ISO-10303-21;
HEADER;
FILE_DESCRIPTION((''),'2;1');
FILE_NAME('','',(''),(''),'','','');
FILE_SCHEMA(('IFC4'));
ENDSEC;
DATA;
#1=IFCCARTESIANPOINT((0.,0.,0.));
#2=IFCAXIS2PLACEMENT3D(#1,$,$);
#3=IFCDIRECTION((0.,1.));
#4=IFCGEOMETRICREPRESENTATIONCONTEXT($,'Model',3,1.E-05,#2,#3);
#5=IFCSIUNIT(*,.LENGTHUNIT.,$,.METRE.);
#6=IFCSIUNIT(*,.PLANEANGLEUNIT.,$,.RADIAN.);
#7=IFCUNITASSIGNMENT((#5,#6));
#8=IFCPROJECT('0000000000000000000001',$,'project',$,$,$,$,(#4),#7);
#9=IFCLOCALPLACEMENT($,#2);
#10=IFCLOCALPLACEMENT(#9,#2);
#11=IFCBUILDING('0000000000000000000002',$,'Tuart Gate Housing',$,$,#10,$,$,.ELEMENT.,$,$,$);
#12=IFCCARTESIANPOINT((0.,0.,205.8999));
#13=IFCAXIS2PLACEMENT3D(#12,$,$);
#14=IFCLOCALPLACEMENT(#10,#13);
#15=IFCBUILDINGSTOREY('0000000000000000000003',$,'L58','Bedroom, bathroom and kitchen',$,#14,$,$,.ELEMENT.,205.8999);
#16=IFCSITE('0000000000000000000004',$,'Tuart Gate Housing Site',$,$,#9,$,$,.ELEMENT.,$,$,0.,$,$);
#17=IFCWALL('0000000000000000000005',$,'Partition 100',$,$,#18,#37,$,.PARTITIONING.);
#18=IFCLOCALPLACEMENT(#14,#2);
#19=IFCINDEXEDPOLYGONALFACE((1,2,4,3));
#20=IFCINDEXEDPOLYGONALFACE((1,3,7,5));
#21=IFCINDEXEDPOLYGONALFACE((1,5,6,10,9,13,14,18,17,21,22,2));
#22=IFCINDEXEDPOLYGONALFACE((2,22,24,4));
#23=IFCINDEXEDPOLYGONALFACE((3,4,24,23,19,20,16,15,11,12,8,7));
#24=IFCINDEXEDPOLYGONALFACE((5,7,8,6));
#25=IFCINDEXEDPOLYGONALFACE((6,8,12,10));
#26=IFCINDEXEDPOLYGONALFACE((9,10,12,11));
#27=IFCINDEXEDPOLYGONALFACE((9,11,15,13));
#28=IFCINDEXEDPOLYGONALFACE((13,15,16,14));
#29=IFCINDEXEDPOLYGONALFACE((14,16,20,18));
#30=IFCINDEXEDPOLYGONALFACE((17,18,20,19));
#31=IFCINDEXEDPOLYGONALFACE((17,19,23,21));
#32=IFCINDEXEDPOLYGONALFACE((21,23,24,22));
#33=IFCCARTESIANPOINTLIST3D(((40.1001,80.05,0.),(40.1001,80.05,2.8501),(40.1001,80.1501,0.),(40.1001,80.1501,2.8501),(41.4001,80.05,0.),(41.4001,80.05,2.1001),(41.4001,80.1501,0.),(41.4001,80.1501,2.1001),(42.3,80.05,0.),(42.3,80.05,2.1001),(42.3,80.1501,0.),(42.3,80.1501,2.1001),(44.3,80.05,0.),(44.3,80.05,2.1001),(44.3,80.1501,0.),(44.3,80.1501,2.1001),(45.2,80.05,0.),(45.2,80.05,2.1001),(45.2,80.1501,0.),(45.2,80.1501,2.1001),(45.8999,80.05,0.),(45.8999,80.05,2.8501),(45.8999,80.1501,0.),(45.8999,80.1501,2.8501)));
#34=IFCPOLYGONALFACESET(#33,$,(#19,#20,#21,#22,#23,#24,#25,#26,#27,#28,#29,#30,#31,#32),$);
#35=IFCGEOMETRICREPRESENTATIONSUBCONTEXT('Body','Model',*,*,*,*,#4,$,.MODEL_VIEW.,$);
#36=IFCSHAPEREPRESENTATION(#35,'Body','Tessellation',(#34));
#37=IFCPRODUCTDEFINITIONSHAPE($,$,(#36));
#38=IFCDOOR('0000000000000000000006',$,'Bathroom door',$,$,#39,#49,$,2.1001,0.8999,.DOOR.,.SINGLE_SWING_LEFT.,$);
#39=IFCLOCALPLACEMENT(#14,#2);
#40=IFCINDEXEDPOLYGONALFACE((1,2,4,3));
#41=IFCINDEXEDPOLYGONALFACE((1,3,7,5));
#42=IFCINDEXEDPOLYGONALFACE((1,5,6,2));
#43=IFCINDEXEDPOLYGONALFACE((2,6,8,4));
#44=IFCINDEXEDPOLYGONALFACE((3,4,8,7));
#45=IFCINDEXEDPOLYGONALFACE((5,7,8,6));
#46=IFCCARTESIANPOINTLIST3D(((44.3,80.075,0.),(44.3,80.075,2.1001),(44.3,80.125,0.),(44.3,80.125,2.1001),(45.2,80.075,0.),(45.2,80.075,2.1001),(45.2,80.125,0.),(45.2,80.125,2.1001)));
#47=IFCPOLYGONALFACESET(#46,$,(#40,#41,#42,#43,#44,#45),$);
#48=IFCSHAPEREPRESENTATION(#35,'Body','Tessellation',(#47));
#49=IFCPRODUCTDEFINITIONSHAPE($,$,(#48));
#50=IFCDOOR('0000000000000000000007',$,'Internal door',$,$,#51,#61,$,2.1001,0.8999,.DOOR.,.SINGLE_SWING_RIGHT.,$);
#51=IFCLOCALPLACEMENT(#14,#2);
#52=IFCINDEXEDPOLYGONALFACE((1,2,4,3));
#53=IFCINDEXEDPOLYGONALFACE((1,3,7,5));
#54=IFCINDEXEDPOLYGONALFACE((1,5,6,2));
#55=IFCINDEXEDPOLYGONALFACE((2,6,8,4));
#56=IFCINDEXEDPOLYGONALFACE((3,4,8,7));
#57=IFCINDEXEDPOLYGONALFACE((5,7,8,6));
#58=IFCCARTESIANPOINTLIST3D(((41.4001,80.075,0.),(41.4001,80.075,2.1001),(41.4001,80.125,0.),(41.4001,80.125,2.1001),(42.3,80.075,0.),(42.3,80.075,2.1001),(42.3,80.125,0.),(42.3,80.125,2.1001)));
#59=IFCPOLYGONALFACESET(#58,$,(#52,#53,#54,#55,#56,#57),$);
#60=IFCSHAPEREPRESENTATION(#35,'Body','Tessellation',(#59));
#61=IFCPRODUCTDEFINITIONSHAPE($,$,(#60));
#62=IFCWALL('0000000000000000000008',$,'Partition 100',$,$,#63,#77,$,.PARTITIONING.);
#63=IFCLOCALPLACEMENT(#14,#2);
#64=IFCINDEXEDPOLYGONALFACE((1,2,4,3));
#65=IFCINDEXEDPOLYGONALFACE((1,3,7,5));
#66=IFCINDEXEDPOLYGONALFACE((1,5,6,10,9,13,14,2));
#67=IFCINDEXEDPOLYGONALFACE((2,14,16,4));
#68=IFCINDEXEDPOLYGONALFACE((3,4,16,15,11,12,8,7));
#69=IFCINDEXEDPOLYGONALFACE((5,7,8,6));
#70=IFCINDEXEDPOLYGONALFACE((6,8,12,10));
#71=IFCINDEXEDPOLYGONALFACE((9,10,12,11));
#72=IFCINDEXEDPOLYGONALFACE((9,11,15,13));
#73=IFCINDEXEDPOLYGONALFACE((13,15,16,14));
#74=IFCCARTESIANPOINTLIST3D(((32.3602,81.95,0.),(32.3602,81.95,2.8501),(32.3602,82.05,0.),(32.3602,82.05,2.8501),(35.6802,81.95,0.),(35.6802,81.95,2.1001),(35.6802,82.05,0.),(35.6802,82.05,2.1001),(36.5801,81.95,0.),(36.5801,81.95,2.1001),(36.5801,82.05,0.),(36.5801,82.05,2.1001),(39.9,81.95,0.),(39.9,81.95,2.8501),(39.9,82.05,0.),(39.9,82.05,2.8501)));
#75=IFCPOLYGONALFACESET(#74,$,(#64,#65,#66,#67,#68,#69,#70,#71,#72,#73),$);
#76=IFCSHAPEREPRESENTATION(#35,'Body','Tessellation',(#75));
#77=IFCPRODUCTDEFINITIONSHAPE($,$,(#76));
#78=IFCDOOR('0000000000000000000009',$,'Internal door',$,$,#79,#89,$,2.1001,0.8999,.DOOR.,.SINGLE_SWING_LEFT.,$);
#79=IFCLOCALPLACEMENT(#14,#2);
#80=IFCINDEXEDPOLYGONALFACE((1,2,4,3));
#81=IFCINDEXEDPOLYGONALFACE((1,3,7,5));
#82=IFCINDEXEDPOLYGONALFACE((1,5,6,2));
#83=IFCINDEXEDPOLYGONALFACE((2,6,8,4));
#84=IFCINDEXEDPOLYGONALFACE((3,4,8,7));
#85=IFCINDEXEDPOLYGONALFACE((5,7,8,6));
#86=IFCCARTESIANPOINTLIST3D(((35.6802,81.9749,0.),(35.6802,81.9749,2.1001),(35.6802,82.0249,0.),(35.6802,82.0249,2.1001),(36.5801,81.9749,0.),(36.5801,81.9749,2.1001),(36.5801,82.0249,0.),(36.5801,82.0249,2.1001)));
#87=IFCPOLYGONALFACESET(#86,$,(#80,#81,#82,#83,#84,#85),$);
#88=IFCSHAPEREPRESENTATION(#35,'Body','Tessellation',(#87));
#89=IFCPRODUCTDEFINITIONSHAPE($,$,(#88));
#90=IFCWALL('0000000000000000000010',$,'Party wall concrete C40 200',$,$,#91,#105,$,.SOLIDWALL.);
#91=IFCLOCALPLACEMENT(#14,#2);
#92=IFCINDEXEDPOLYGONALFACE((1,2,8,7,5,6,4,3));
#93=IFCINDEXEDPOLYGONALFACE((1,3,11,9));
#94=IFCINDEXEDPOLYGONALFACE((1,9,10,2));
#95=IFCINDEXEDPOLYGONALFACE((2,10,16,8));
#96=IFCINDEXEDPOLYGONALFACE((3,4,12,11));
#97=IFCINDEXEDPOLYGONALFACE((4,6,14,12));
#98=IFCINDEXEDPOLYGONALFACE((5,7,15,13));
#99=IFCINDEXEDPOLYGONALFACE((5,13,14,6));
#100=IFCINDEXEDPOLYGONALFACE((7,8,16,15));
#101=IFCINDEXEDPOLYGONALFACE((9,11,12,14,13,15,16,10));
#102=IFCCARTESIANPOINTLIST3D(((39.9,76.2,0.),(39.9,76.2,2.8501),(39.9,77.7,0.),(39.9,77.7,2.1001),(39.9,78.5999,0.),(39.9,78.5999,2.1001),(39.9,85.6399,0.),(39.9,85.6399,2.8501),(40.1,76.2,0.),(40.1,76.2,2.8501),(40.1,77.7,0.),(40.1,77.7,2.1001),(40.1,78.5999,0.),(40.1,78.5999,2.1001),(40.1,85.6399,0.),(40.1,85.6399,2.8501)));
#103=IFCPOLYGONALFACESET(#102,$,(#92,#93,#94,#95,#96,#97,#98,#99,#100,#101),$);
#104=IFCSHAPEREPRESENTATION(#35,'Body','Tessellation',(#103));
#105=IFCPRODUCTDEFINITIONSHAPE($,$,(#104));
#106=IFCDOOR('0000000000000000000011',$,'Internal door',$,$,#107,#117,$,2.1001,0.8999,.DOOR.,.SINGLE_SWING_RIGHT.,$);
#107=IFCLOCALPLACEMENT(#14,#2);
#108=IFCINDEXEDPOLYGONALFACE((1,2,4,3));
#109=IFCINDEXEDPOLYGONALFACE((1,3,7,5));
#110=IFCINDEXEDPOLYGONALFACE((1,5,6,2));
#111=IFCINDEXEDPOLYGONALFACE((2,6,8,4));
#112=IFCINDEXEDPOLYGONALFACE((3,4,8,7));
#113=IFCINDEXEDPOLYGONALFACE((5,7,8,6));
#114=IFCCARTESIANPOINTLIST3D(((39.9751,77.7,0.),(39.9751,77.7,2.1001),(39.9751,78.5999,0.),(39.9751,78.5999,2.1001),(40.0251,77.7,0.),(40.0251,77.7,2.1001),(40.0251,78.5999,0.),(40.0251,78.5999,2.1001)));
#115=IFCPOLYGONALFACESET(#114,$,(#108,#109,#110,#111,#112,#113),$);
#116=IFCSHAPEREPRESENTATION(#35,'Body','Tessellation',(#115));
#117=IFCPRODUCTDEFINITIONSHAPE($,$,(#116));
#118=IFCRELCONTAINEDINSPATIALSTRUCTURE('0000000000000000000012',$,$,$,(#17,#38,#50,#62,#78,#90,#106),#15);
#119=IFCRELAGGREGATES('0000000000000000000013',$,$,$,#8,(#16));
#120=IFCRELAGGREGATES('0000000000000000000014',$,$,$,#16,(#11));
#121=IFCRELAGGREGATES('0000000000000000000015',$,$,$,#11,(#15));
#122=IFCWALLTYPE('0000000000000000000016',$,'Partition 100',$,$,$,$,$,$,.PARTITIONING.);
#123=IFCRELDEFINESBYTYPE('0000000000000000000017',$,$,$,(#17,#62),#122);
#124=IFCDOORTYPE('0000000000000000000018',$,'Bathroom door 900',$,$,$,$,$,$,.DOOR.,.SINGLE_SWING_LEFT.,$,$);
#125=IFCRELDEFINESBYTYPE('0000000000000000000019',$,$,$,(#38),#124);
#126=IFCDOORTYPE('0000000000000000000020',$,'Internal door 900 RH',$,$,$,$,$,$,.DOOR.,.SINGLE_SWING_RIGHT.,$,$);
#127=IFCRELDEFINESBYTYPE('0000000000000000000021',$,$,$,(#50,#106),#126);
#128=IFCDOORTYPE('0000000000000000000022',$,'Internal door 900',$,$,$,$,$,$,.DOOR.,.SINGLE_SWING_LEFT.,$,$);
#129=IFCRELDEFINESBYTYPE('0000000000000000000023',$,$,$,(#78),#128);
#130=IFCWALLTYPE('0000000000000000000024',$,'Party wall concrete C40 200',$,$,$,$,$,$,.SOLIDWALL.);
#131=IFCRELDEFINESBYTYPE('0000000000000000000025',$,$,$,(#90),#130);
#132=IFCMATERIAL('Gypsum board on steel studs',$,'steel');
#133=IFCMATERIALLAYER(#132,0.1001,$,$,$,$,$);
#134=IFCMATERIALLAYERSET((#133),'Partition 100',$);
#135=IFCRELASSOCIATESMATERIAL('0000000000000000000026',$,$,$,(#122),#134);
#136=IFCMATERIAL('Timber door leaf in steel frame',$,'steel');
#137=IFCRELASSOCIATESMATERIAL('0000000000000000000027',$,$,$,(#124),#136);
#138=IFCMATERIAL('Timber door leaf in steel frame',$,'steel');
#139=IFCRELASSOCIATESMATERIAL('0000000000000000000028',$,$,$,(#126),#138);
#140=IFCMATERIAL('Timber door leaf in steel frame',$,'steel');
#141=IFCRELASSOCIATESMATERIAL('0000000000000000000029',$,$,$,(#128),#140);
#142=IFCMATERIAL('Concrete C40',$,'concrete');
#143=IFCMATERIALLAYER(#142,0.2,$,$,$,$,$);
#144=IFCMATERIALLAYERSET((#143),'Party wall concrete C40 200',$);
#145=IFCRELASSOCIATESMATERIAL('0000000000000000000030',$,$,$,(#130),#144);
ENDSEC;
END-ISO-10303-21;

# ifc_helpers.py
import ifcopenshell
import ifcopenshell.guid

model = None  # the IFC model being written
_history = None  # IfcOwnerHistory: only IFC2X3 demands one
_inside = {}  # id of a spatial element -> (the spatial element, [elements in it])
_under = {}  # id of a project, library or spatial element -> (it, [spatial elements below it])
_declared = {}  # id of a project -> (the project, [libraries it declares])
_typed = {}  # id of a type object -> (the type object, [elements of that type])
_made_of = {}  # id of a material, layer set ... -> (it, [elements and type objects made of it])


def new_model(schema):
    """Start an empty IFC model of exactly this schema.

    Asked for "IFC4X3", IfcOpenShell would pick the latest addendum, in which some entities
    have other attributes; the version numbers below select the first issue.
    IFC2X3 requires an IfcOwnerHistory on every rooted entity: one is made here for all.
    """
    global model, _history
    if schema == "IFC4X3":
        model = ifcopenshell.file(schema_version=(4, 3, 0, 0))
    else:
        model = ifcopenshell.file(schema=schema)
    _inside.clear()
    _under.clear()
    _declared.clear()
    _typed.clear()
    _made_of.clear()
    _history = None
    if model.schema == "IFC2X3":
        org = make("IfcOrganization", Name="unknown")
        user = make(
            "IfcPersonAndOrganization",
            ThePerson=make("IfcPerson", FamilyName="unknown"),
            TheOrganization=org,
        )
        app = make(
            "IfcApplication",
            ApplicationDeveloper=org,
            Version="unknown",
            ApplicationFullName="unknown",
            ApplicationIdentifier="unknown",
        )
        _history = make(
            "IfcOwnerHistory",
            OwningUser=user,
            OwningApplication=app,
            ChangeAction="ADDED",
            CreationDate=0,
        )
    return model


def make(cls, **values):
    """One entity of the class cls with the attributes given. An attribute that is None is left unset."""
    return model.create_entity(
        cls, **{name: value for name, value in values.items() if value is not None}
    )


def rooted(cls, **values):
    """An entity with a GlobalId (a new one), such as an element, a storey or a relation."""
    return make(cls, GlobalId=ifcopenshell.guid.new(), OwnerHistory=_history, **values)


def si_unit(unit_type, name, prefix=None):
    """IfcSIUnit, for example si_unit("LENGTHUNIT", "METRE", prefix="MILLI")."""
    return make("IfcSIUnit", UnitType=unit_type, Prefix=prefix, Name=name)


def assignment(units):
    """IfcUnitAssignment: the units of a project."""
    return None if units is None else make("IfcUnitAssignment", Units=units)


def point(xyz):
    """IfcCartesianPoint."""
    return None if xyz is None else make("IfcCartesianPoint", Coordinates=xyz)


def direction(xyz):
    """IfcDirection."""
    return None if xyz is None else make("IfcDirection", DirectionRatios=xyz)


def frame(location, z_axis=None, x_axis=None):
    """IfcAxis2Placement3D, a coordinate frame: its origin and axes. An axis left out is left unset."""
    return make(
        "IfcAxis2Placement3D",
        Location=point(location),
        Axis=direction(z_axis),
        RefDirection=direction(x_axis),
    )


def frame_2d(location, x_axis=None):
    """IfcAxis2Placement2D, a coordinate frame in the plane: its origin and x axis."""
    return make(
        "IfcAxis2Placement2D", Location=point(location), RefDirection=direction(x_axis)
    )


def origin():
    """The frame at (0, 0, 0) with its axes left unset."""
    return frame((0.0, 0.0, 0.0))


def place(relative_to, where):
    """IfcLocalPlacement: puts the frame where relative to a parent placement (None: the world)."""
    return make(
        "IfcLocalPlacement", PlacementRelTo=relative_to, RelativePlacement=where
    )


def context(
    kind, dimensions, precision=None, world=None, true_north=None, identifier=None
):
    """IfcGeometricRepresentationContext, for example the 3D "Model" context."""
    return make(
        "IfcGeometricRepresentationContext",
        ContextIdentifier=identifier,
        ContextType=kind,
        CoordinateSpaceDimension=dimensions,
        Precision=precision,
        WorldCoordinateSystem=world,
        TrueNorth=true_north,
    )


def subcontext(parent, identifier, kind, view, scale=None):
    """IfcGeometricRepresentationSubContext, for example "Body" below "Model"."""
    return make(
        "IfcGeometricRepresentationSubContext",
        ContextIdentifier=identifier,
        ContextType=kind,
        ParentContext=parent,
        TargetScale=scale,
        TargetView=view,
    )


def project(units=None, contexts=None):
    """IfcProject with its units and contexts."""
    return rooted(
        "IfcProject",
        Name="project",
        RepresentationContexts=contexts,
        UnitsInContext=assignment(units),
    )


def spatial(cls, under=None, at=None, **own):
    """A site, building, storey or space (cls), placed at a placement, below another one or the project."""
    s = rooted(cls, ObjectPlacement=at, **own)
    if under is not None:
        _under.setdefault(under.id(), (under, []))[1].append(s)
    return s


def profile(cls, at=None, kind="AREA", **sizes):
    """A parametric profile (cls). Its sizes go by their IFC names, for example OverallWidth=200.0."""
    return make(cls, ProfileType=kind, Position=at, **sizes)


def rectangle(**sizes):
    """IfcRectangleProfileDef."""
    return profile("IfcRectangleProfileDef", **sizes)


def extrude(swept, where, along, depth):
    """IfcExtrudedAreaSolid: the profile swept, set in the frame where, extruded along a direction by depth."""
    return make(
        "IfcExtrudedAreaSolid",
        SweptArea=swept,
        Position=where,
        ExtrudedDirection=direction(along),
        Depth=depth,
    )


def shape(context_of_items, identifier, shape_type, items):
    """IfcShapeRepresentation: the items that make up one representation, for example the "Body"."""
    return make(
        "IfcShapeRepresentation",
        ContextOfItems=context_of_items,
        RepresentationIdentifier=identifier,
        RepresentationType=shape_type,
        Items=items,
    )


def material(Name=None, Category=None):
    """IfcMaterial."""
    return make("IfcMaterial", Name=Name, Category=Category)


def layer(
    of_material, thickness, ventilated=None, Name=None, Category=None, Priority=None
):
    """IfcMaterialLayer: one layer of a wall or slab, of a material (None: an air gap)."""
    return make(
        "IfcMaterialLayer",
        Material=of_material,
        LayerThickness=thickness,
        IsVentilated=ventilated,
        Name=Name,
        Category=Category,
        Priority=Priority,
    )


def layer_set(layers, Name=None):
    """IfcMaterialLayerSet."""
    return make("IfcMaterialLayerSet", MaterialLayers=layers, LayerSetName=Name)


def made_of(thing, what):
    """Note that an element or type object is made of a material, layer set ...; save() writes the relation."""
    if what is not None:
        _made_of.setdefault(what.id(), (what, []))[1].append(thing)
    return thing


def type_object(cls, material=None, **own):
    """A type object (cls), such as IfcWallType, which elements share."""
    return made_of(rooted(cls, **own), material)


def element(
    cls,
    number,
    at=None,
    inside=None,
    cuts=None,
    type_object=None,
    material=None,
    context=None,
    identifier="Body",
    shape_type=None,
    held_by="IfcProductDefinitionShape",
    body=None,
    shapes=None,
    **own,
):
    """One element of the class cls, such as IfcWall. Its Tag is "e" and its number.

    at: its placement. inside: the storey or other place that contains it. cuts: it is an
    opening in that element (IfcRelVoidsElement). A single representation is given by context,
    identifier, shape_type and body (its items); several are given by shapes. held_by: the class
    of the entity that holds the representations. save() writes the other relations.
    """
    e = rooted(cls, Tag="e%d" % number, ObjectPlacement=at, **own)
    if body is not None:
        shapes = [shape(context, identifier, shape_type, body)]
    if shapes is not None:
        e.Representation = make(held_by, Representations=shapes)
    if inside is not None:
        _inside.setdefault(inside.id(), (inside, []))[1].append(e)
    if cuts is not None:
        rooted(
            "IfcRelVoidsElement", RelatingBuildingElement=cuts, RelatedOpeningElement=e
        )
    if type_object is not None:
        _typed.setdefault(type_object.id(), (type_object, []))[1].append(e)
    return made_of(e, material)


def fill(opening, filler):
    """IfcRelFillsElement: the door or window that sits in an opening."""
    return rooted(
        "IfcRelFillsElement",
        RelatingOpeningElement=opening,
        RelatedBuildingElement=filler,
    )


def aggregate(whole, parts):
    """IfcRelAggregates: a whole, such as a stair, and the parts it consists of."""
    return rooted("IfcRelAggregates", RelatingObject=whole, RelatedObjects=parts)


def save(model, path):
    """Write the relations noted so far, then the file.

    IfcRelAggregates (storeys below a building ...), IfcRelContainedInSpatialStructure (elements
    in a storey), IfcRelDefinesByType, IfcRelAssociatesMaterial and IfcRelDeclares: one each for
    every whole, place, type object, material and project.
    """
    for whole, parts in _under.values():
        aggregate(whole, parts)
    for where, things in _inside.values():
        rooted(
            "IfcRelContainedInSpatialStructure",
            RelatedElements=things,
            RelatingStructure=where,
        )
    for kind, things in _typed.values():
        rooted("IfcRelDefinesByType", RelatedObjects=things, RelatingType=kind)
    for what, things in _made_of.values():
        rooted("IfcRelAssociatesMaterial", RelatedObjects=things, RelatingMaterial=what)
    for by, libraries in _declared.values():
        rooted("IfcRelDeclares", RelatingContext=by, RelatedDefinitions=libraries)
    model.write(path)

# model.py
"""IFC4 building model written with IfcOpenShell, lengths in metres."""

from ifc_helpers import new_model, si_unit, direction, frame, frame_2d, origin, place, context, subcontext, project, spatial, rectangle, extrude, material, layer, layer_set, type_object, element, fill, save


model = new_model("IFC4")

# Units and contexts
model_context = context("Model", 3, precision=1e-05, world=origin(), true_north=direction((0.0, 1.0)))
body_context = subcontext(model_context, "Body", "Model", "MODEL_VIEW")
ifc_project = project(units=[si_unit("LENGTHUNIT", "METRE"), si_unit("PLANEANGLEUNIT", "RADIAN")], contexts=[model_context])

# Site, building, storey
site_placement = place(None, origin())
site = spatial("IfcSite", under=ifc_project, at=site_placement, Name="Tuart Gate Housing Site", CompositionType="ELEMENT", RefElevation=0.0)
building_placement = place(site_placement, origin())
building = spatial("IfcBuilding", under=site, at=building_placement, Name="Tuart Gate Housing", CompositionType="ELEMENT")
storey_placement = place(building_placement, frame((0.0, 0.0, 205.8999)))
storey = spatial("IfcBuildingStorey", under=building, at=storey_placement, Name="L58", Description="Bedroom, bathroom and kitchen", CompositionType="ELEMENT", Elevation=205.8999)

# Wall, openings, doors
ifc_material_1 = material(Name="Gypsum board on steel studs", Category="steel")
ifc_layer_1 = layer(ifc_material_1, 0.1001)
ifc_layer_set_1 = layer_set([ifc_layer_1], Name="Partition 100")
wall_type_1 = type_object("IfcWallType", Name="Partition 100", PredefinedType="PARTITIONING", material=ifc_layer_set_1)
wall_1_placement = place(storey_placement, frame((40.1001, 80.1001, 0.0), z_axis=(0.0, 0.0, 1.0), x_axis=(1.0, 0.0, 0.0)))
wall_1 = element("IfcWall", 1, at=wall_1_placement, inside=storey, type_object=wall_type_1, Name="Partition 100", PredefinedType="PARTITIONING", context=body_context, shape_type="SweptSolid", body=[
    extrude(rectangle(XDim=5.7998, YDim=0.1001, at=frame_2d((2.8999, 0.0))), origin(), (0.0, 0.0, 1.0), 2.8501),
])
opening_1_placement = place(wall_1_placement, frame((1.3, 0.0, 0.0)))
opening_1 = element("IfcOpeningElement", 2, at=opening_1_placement, cuts=wall_1, PredefinedType="OPENING", context=body_context, shape_type="SweptSolid", body=[
    extrude(rectangle(XDim=0.8999, YDim=2.1001, at=frame_2d((0.45, 1.05))), frame((0.0, 0.0601, 0.0), z_axis=(0.0, -1.0, 0.0), x_axis=(1.0, 0.0, 0.0)), (0.0, 0.0, 1.0), 0.1201),
])
opening_2_placement = place(wall_1_placement, frame((4.2, 0.0, 0.0)))
opening_2 = element("IfcOpeningElement", 3, at=opening_2_placement, cuts=wall_1, PredefinedType="OPENING", context=body_context, shape_type="SweptSolid", body=[
    extrude(rectangle(XDim=0.8999, YDim=2.1001, at=frame_2d((0.45, 1.05))), frame((0.0, 0.0601, 0.0), z_axis=(0.0, -1.0, 0.0), x_axis=(1.0, 0.0, 0.0)), (0.0, 0.0, 1.0), 0.1201),
])
ifc_material_2 = material(Name="Timber door leaf in steel frame", Category="steel")
door_type_1 = type_object("IfcDoorType", Name="Bathroom door 900", OperationType="SINGLE_SWING_LEFT", PredefinedType="DOOR", material=ifc_material_2)
door_1_placement = place(opening_2_placement, origin())
door_1 = element("IfcDoor", 4, at=door_1_placement, inside=storey, type_object=door_type_1, Name="Bathroom door", OperationType="SINGLE_SWING_LEFT", OverallHeight=2.1001, OverallWidth=0.8999, PredefinedType="DOOR", context=body_context, shape_type="SweptSolid", body=[
    extrude(rectangle(XDim=0.8999, YDim=2.1001, at=frame_2d((0.45, 1.05))), frame((0.0, 0.0249, 0.0), z_axis=(0.0, -1.0, 0.0), x_axis=(1.0, 0.0, 0.0)), (0.0, 0.0, 1.0), 0.05),
])
fill(opening_2, door_1)
ifc_material_3 = material(Name="Timber door leaf in steel frame", Category="steel")
door_type_2 = type_object("IfcDoorType", Name="Internal door 900 RH", OperationType="SINGLE_SWING_RIGHT", PredefinedType="DOOR", material=ifc_material_3)
door_2_placement = place(opening_1_placement, origin())
door_2 = element("IfcDoor", 5, at=door_2_placement, inside=storey, type_object=door_type_2, Name="Internal door", OperationType="SINGLE_SWING_RIGHT", OverallHeight=2.1001, OverallWidth=0.8999, PredefinedType="DOOR", context=body_context, shape_type="SweptSolid", body=[
    extrude(rectangle(XDim=0.8999, YDim=2.1001, at=frame_2d((0.45, 1.05))), frame((0.0, 0.0249, 0.0), z_axis=(0.0, -1.0, 0.0), x_axis=(1.0, 0.0, 0.0)), (0.0, 0.0, 1.0), 0.05),
])
fill(opening_1, door_2)

# Walls, openings, doors
wall_2_placement = place(storey_placement, frame((32.3601, 82.0, 0.0), z_axis=(0.0, 0.0, 1.0), x_axis=(1.0, 0.0, 0.0)))
wall_2 = element("IfcWall", 6, at=wall_2_placement, inside=storey, type_object=wall_type_1, Name="Partition 100", PredefinedType="PARTITIONING", context=body_context, shape_type="SweptSolid", body=[
    extrude(rectangle(XDim=7.5398, YDim=0.1001, at=frame_2d((3.77, 0.0))), origin(), (0.0, 0.0, 1.0), 2.8501),
])
opening_3_placement = place(wall_2_placement, frame((3.3201, 0.0, 0.0)))
opening_3 = element("IfcOpeningElement", 7, at=opening_3_placement, cuts=wall_2, PredefinedType="OPENING", context=body_context, shape_type="SweptSolid", body=[
    extrude(rectangle(XDim=0.8999, YDim=2.1001, at=frame_2d((0.45, 1.05))), frame((0.0, 0.0601, 0.0), z_axis=(0.0, -1.0, 0.0), x_axis=(1.0, 0.0, 0.0)), (0.0, 0.0, 1.0), 0.1201),
])
ifc_material_4 = material(Name="Timber door leaf in steel frame", Category="steel")
door_type_3 = type_object("IfcDoorType", Name="Internal door 900", OperationType="SINGLE_SWING_LEFT", PredefinedType="DOOR", material=ifc_material_4)
door_3_placement = place(opening_3_placement, origin())
door_3 = element("IfcDoor", 8, at=door_3_placement, inside=storey, type_object=door_type_3, Name="Internal door", OperationType="SINGLE_SWING_LEFT", OverallHeight=2.1001, OverallWidth=0.8999, PredefinedType="DOOR", context=body_context, shape_type="SweptSolid", body=[
    extrude(rectangle(XDim=0.8999, YDim=2.1001, at=frame_2d((0.45, 1.05))), frame((0.0, 0.0249, 0.0), z_axis=(0.0, -1.0, 0.0), x_axis=(1.0, 0.0, 0.0)), (0.0, 0.0, 1.0), 0.05),
])
fill(opening_3, door_3)
ifc_material_5 = material(Name="Concrete C40", Category="concrete")
ifc_layer_2 = layer(ifc_material_5, 0.2)
ifc_layer_set_2 = layer_set([ifc_layer_2], Name="Party wall concrete C40 200")
wall_type_2 = type_object("IfcWallType", Name="Party wall concrete C40 200", PredefinedType="SOLIDWALL", material=ifc_layer_set_2)
wall_3_placement = place(storey_placement, frame((40.0, 76.2, 0.0), z_axis=(0.0, 0.0, 1.0), x_axis=(0.0, 1.0, 0.0)))
wall_3 = element("IfcWall", 9, at=wall_3_placement, inside=storey, type_object=wall_type_2, Name="Party wall concrete C40 200", PredefinedType="SOLIDWALL", context=body_context, shape_type="SweptSolid", body=[
    extrude(rectangle(XDim=9.4399, YDim=0.2, at=frame_2d((4.72, 0.0))), origin(), (0.0, 0.0, 1.0), 2.8501),
])
opening_4_placement = place(wall_3_placement, frame((1.5, 0.0, 0.0)))
opening_4 = element("IfcOpeningElement", 10, at=opening_4_placement, cuts=wall_3, PredefinedType="OPENING", context=body_context, shape_type="SweptSolid", body=[
    extrude(rectangle(XDim=0.8999, YDim=2.1001, at=frame_2d((0.45, 1.05))), frame((0.0, 0.1099, 0.0), z_axis=(0.0, -1.0, 0.0), x_axis=(1.0, 0.0, 0.0)), (0.0, 0.0, 1.0), 0.22),
])
door_4_placement = place(opening_4_placement, frame((0.8999, 0.0, 0.0), z_axis=(0.0, 0.0, 1.0), x_axis=(-1.0, 0.0, 0.0)))
door_4 = element("IfcDoor", 11, at=door_4_placement, inside=storey, type_object=door_type_2, Name="Internal door", OperationType="SINGLE_SWING_RIGHT", OverallHeight=2.1001, OverallWidth=0.8999, PredefinedType="DOOR", context=body_context, shape_type="SweptSolid", body=[
    extrude(rectangle(XDim=0.8999, YDim=2.1001, at=frame_2d((0.45, 1.05))), frame((0.0, 0.0251, 0.0), z_axis=(0.0, -1.0, 0.0), x_axis=(1.0, 0.0, 0.0)), (0.0, 0.0, 1.0), 0.05),
])
fill(opening_4, door_4)

save(model, "model.ifc")
